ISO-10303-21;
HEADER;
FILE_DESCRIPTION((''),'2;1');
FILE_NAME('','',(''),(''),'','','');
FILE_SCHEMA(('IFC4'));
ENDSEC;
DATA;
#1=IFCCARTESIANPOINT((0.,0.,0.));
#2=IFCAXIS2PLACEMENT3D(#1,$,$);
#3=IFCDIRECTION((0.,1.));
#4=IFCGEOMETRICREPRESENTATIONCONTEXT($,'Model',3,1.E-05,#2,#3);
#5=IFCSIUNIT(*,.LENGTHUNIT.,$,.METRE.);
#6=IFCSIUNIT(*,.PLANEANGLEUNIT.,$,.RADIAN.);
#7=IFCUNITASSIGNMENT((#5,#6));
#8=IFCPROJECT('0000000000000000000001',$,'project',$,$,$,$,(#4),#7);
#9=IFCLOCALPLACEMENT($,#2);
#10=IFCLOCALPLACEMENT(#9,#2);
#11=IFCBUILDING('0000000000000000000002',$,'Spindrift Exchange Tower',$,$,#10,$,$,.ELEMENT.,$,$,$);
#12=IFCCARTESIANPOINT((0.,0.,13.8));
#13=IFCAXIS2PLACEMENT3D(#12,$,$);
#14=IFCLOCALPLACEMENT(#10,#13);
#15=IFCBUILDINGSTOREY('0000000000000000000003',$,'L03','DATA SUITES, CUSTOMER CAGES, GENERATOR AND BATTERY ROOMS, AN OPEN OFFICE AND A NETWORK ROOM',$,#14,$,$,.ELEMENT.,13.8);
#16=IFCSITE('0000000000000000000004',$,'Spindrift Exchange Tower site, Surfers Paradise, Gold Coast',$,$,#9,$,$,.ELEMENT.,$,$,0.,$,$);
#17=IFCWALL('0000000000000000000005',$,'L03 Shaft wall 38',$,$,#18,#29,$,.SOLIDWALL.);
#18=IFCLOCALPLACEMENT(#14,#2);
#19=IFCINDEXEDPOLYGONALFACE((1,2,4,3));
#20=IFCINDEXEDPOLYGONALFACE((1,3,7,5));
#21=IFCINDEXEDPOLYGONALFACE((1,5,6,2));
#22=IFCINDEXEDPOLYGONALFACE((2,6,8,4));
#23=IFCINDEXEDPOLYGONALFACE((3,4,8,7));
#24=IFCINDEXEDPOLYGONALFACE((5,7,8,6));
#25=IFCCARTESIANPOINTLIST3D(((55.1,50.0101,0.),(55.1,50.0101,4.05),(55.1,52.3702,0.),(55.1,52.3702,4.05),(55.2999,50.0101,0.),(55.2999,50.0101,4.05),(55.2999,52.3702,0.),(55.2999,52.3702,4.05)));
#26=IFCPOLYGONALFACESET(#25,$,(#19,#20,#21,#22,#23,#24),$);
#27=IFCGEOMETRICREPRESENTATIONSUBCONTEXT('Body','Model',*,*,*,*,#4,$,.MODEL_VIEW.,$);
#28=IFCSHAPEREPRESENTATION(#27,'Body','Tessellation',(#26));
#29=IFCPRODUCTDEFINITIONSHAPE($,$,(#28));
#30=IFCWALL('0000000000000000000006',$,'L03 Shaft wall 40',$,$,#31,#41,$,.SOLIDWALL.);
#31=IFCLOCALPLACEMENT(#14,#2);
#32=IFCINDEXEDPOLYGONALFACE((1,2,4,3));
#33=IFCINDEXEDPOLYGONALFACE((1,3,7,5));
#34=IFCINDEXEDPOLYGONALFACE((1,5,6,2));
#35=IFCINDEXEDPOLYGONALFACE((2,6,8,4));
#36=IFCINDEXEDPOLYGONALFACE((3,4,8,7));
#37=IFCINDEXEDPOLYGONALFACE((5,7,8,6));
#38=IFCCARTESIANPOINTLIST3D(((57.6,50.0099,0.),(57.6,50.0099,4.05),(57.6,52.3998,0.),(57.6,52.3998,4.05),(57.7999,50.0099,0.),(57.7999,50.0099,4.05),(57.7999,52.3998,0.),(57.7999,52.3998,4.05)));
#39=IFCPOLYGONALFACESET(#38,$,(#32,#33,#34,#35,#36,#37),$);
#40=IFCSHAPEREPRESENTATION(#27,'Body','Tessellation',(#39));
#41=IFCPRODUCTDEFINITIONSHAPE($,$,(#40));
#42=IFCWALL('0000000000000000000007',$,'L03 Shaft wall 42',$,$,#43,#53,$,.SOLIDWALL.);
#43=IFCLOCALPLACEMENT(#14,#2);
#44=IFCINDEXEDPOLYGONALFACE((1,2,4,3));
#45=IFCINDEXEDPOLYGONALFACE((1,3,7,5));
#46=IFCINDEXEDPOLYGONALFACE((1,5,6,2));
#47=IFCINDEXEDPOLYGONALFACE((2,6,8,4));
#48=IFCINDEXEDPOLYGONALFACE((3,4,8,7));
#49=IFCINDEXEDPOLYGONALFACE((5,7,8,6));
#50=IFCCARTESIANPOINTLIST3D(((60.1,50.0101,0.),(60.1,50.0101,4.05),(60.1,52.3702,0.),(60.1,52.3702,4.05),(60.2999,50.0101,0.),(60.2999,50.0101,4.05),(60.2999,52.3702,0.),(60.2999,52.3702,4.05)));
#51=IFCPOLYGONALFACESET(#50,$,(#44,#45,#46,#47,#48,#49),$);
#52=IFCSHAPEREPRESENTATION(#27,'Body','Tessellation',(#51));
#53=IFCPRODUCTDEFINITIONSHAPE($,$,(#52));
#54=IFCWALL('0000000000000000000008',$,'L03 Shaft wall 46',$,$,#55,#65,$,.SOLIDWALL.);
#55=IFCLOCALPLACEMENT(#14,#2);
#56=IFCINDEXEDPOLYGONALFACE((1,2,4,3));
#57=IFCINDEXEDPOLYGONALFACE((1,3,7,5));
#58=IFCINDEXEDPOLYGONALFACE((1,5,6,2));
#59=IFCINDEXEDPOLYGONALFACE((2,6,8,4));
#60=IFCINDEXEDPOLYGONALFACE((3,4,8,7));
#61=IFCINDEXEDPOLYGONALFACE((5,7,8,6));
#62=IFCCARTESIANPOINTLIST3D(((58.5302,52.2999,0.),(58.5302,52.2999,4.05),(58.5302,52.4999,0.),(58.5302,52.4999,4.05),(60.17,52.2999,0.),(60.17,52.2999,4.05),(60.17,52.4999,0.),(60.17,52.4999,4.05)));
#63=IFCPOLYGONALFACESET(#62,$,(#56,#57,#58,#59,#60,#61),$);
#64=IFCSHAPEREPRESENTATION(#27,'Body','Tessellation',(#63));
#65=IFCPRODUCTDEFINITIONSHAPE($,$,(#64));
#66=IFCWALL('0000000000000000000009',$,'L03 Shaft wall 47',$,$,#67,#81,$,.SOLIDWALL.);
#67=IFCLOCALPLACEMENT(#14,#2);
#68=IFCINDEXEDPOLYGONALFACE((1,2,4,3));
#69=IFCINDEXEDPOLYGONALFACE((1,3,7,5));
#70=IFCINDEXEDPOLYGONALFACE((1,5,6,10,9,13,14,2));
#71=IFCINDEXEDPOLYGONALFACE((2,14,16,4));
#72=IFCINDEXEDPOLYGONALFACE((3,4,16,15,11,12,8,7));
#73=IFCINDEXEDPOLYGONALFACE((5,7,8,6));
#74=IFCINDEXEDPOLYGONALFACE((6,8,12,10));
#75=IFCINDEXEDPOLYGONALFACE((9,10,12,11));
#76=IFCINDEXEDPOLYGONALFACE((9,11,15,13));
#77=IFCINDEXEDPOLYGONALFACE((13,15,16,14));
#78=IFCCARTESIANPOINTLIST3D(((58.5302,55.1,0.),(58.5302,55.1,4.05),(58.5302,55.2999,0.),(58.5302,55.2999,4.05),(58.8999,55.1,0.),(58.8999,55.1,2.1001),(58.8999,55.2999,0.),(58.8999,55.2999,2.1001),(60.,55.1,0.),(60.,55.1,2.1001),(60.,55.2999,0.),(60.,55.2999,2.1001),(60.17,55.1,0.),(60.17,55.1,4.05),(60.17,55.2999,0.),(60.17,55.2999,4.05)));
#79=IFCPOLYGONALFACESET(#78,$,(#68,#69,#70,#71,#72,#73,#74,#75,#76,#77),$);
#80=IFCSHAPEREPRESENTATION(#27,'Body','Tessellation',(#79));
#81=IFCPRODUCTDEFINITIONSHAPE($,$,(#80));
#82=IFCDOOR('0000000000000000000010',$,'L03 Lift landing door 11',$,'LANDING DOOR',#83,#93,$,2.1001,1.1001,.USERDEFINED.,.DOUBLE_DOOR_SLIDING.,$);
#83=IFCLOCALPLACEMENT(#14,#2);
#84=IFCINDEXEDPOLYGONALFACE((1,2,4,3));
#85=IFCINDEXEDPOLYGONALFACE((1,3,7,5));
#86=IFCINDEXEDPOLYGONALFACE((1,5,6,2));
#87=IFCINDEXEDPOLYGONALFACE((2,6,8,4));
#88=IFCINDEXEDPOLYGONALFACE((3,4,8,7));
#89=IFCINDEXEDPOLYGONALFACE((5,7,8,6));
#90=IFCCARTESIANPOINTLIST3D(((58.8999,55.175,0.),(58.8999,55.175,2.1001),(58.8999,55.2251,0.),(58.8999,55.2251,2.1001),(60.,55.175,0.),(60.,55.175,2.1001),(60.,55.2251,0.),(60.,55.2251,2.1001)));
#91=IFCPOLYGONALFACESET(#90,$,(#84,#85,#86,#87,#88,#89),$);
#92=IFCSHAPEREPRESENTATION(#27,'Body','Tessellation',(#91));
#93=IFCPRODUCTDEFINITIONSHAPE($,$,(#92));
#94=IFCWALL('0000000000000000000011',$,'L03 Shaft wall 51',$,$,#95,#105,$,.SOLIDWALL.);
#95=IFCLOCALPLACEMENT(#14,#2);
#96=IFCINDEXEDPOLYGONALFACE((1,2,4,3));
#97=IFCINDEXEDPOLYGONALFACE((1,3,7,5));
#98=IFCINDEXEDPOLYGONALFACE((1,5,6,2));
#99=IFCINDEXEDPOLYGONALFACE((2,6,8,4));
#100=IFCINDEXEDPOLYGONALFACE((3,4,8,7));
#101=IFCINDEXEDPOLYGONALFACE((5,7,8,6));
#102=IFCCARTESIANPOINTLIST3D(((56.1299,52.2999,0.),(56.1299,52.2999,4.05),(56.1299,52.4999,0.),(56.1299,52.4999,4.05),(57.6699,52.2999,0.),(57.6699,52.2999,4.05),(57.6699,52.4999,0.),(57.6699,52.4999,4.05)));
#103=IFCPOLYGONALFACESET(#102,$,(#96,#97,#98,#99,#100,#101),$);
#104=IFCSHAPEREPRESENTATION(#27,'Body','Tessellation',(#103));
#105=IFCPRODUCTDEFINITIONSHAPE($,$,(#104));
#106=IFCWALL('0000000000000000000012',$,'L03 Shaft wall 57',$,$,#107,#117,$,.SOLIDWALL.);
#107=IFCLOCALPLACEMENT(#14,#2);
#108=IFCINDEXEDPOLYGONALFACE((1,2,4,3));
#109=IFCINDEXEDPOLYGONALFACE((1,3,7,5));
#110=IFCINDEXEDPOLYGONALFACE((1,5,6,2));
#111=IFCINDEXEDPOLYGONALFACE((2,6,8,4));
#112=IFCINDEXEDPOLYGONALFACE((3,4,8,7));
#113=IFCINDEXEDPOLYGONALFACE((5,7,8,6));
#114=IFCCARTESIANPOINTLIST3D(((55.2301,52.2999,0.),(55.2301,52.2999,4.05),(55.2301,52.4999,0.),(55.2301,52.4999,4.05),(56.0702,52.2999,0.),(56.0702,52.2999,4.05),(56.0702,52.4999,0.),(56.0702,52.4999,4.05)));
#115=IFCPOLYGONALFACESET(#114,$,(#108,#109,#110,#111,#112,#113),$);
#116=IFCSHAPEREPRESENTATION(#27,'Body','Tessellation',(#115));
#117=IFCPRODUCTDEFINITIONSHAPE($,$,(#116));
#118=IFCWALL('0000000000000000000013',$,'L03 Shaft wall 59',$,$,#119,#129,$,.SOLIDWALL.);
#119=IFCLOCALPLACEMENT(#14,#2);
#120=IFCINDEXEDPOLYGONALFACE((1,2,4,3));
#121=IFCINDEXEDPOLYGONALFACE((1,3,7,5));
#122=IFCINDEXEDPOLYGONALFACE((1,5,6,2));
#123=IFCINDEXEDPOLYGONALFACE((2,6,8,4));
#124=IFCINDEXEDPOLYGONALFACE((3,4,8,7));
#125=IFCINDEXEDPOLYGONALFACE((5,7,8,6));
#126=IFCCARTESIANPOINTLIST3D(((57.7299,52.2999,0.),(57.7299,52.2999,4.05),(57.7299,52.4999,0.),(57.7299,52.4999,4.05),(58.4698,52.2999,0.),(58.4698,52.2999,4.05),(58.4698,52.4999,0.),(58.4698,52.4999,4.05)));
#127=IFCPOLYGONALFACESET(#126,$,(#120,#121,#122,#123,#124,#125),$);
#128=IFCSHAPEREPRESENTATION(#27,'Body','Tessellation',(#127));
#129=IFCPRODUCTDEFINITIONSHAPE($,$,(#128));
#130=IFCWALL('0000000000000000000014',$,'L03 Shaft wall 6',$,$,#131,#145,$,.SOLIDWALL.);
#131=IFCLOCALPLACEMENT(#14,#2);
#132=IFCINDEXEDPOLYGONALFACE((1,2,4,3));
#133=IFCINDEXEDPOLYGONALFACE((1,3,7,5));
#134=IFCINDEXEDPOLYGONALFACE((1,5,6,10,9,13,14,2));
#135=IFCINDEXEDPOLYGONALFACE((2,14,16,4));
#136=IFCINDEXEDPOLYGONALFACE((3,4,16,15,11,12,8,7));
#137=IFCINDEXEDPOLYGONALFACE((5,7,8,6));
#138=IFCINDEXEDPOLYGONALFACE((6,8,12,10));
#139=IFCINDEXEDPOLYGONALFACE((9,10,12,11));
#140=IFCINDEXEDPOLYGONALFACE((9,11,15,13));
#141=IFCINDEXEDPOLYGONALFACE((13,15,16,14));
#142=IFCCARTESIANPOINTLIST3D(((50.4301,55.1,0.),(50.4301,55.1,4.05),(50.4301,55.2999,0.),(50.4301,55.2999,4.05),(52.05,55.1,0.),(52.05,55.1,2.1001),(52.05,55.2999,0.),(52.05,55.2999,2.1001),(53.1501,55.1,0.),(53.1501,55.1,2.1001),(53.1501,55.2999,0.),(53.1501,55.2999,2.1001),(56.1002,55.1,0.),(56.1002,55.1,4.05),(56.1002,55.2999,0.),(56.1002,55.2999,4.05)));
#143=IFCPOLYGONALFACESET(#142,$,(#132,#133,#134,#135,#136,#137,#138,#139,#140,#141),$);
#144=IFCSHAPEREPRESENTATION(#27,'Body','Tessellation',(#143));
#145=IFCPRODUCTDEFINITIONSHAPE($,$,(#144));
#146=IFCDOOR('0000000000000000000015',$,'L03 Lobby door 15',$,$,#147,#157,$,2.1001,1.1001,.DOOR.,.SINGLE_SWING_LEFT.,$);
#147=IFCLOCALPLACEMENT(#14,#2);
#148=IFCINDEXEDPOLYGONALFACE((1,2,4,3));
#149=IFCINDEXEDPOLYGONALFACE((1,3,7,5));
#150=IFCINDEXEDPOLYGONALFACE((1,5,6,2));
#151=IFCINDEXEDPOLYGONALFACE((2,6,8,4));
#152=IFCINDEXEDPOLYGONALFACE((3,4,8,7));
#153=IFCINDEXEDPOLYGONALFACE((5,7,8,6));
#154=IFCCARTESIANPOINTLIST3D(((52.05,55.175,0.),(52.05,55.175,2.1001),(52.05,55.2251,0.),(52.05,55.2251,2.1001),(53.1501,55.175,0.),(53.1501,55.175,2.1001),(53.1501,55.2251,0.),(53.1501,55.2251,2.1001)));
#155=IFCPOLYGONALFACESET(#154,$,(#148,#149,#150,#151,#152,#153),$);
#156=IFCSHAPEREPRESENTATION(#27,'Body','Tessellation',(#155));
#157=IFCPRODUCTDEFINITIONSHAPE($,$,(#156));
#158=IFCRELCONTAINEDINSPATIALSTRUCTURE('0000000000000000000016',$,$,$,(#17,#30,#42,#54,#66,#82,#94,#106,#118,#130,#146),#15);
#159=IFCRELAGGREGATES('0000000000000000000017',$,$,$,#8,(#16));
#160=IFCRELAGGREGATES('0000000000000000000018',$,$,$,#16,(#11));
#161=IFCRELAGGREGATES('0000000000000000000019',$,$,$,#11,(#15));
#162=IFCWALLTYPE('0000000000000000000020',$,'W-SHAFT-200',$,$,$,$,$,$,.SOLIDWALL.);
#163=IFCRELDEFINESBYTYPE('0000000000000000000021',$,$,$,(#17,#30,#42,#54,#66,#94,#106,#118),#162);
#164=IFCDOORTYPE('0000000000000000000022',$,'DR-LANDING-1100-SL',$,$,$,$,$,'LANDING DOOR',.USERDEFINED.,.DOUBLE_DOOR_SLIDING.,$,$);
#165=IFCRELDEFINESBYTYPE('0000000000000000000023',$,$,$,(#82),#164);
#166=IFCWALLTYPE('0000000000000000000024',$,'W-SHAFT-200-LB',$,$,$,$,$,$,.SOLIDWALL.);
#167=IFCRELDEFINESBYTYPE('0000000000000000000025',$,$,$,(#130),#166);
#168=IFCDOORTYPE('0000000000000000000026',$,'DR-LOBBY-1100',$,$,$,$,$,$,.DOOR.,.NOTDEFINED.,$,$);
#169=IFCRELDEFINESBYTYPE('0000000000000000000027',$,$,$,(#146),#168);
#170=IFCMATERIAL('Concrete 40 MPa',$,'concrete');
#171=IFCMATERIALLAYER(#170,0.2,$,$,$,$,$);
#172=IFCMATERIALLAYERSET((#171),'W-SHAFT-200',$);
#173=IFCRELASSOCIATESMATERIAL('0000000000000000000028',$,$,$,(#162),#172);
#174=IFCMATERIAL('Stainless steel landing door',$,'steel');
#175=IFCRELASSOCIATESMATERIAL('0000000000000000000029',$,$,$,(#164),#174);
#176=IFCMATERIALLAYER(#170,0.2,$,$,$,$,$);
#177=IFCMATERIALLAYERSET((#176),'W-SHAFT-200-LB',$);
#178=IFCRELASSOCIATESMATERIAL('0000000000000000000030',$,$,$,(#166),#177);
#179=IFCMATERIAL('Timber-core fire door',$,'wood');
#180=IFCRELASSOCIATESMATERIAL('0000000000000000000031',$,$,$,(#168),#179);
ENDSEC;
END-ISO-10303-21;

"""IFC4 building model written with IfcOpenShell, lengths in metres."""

from ifc_helpers import new_model, si_unit, direction, frame, frame_2d, origin, place, context, subcontext, project, spatial, rectangle, extrude, source, transform, mapped, material, layer, layer_set, type_object, element, fill, save


model = new_model("IFC4")

# Units and contexts
model_context = context("Model", 3, precision=1e-05, world=origin(), true_north=direction((0.0, 1.0)))
body_context = subcontext(model_context, "Body", "Model", "MODEL_VIEW")
ifc_project = project(units=[si_unit("LENGTHUNIT", "METRE"), si_unit("PLANEANGLEUNIT", "RADIAN")], contexts=[model_context])

# Site, building, storey
site_placement = place(None, origin())
site = spatial("IfcSite", under=ifc_project, at=site_placement, Name="Spindrift Exchange Tower site, Surfers Paradise, Gold Coast", CompositionType="ELEMENT", RefElevation=0.0)
building_placement = place(site_placement, origin())
building = spatial("IfcBuilding", under=site, at=building_placement, Name="Spindrift Exchange Tower", CompositionType="ELEMENT")
storey_placement = place(building_placement, frame((0.0, 0.0, 13.8)))
storey = spatial("IfcBuildingStorey", under=building, at=storey_placement, Name="L03", Description="DATA SUITES, CUSTOMER CAGES, GENERATOR AND BATTERY ROOMS, AN OPEN OFFICE AND A NETWORK ROOM", CompositionType="ELEMENT", Elevation=13.8)

# Shared definitions
ifc_material_1 = material(Name="Concrete 40 MPa", Category="concrete")
ifc_layer_1 = layer(ifc_material_1, 0.2)
ifc_layer_set_1 = layer_set([ifc_layer_1], Name="W-SHAFT-200")
wall_type_1 = type_object("IfcWallType", Name="W-SHAFT-200", PredefinedType="SOLIDWALL", material=ifc_layer_set_1)
ifc_material_2 = material(Name="Stainless steel landing door", Category="steel")
door_type_1 = type_object("IfcDoorType", Name="DR-LANDING-1100-SL", ElementType="LANDING DOOR", OperationType="DOUBLE_DOOR_SLIDING", PredefinedType="USERDEFINED", material=ifc_material_2)
shared_shape_1 = source(origin(), body_context, "Body", "SweptSolid", [
    extrude(rectangle(XDim=1.1001, YDim=2.1001, at=frame_2d((0.55, 1.05))), frame((0.0, 0.0249, 0.0), z_axis=(0.0, -1.0, 0.0), x_axis=(1.0, 0.0, 0.0)), (0.0, 0.0, 1.0), 0.05),
])

# Walls
wall_1_placement = place(storey_placement, frame((55.2, 50.01, 0.0), z_axis=(0.0, 0.0, 1.0), x_axis=(0.0, 1.0, 0.0)))
element("IfcWall", 1, at=wall_1_placement, inside=storey, type_object=wall_type_1, Name="L03 Shaft wall 38", PredefinedType="SOLIDWALL", context=body_context, shape_type="SweptSolid", body=[
    extrude(rectangle(XDim=2.3601, YDim=0.2, at=frame_2d((1.1802, 0.0))), origin(), (0.0, 0.0, 1.0), 4.05),
])
wall_2_placement = place(storey_placement, frame((57.7, 50.01, 0.0), z_axis=(0.0, 0.0, 1.0), x_axis=(0.0, 1.0, 0.0)))
element("IfcWall", 2, at=wall_2_placement, inside=storey, type_object=wall_type_1, Name="L03 Shaft wall 40", PredefinedType="SOLIDWALL", context=body_context, shape_type="SweptSolid", body=[
    extrude(rectangle(XDim=2.3899, YDim=0.2, at=frame_2d((1.1948, 0.0))), origin(), (0.0, 0.0, 1.0), 4.05),
])
wall_3_placement = place(storey_placement, frame((60.2, 50.01, 0.0), z_axis=(0.0, 0.0, 1.0), x_axis=(0.0, 1.0, 0.0)))
element("IfcWall", 3, at=wall_3_placement, inside=storey, type_object=wall_type_1, Name="L03 Shaft wall 42", PredefinedType="SOLIDWALL", context=body_context, shape_type="SweptSolid", body=[
    extrude(rectangle(XDim=2.3601, YDim=0.2, at=frame_2d((1.1802, 0.0))), origin(), (0.0, 0.0, 1.0), 4.05),
])
wall_4_placement = place(storey_placement, frame((60.1699, 52.3999, 0.0), z_axis=(0.0, 0.0, 1.0), x_axis=(-1.0, 0.0, 0.0)))
element("IfcWall", 4, at=wall_4_placement, inside=storey, type_object=wall_type_1, Name="L03 Shaft wall 46", PredefinedType="SOLIDWALL", context=body_context, shape_type="SweptSolid", body=[
    extrude(rectangle(XDim=1.6399, YDim=0.2, at=frame_2d((0.8198, 0.0))), origin(), (0.0, 0.0, 1.0), 4.05),
])

# Wall, opening, door
wall_5_placement = place(storey_placement, frame((60.1699, 55.2, 0.0), z_axis=(0.0, 0.0, 1.0), x_axis=(-1.0, 0.0, 0.0)))
wall_5 = element("IfcWall", 5, at=wall_5_placement, inside=storey, type_object=wall_type_1, Name="L03 Shaft wall 47", PredefinedType="SOLIDWALL", context=body_context, shape_type="SweptSolid", body=[
    extrude(rectangle(XDim=1.6399, YDim=0.2, at=frame_2d((0.8198, 0.0))), origin(), (0.0, 0.0, 1.0), 4.05),
])
opening_1_placement = place(wall_5_placement, frame((0.1699, 0.0, 0.0)))
opening_1 = element("IfcOpeningElement", 6, at=opening_1_placement, cuts=wall_5, PredefinedType="OPENING", context=body_context, shape_type="SweptSolid", body=[
    extrude(rectangle(XDim=1.1001, YDim=2.1001, at=frame_2d((0.55, 1.05))), frame((0.0, 0.1099, 0.0), z_axis=(0.0, -1.0, 0.0), x_axis=(1.0, 0.0, 0.0)), (0.0, 0.0, 1.0), 0.22),
])
door_1_placement = place(opening_1_placement, origin())
door_1 = element("IfcDoor", 7, at=door_1_placement, inside=storey, type_object=door_type_1, Name="L03 Lift landing door 11", ObjectType="LANDING DOOR", OperationType="DOUBLE_DOOR_SLIDING", OverallHeight=2.1001, OverallWidth=1.1001, PredefinedType="USERDEFINED", context=body_context, shape_type="MappedRepresentation", body=[
    mapped(shared_shape_1, transform((0.0, 0.0, 0.0), scale=1.0)),
])
fill(opening_1, door_1)

# Walls
wall_6_placement = place(storey_placement, frame((57.6699, 52.3999, 0.0), z_axis=(0.0, 0.0, 1.0), x_axis=(-1.0, 0.0, 0.0)))
element("IfcWall", 8, at=wall_6_placement, inside=storey, type_object=wall_type_1, Name="L03 Shaft wall 51", PredefinedType="SOLIDWALL", context=body_context, shape_type="SweptSolid", body=[
    extrude(rectangle(XDim=1.54, YDim=0.2, at=frame_2d((0.77, 0.0))), origin(), (0.0, 0.0, 1.0), 4.05),
])
wall_7_placement = place(storey_placement, frame((56.0701, 52.3999, 0.0), z_axis=(0.0, 0.0, 1.0), x_axis=(-1.0, 0.0, 0.0)))
element("IfcWall", 9, at=wall_7_placement, inside=storey, type_object=wall_type_1, Name="L03 Shaft wall 57", PredefinedType="SOLIDWALL", context=body_context, shape_type="SweptSolid", body=[
    extrude(rectangle(XDim=0.8401, YDim=0.2, at=frame_2d((0.4199, 0.0))), origin(), (0.0, 0.0, 1.0), 4.05),
])
wall_8_placement = place(storey_placement, frame((58.47, 52.3999, 0.0), z_axis=(0.0, 0.0, 1.0), x_axis=(-1.0, 0.0, 0.0)))
element("IfcWall", 10, at=wall_8_placement, inside=storey, type_object=wall_type_1, Name="L03 Shaft wall 59", PredefinedType="SOLIDWALL", context=body_context, shape_type="SweptSolid", body=[
    extrude(rectangle(XDim=0.74, YDim=0.2, at=frame_2d((0.3701, 0.0))), origin(), (0.0, 0.0, 1.0), 4.05),
])

# Wall, opening, door
ifc_layer_2 = layer(ifc_material_1, 0.2)
ifc_layer_set_2 = layer_set([ifc_layer_2], Name="W-SHAFT-200-LB")
wall_type_2 = type_object("IfcWallType", Name="W-SHAFT-200-LB", PredefinedType="SOLIDWALL", material=ifc_layer_set_2)
wall_9_placement = place(storey_placement, frame((56.1001, 55.2, 0.0), z_axis=(0.0, 0.0, 1.0), x_axis=(-1.0, 0.0, 0.0)))
wall_9 = element("IfcWall", 11, at=wall_9_placement, inside=storey, type_object=wall_type_2, Name="L03 Shaft wall 6", PredefinedType="SOLIDWALL", context=body_context, shape_type="SweptSolid", body=[
    extrude(rectangle(XDim=5.6702, YDim=0.2, at=frame_2d((2.835, 0.0))), origin(), (0.0, 0.0, 1.0), 4.05),
])
opening_2_placement = place(wall_9_placement, frame((2.95, 0.0, 0.0)))
opening_2 = element("IfcOpeningElement", 12, at=opening_2_placement, cuts=wall_9, PredefinedType="OPENING", context=body_context, shape_type="SweptSolid", body=[
    extrude(rectangle(XDim=1.1001, YDim=2.1001, at=frame_2d((0.55, 1.05))), frame((0.0, 0.1099, 0.0), z_axis=(0.0, -1.0, 0.0), x_axis=(1.0, 0.0, 0.0)), (0.0, 0.0, 1.0), 0.22),
])
ifc_material_3 = material(Name="Timber-core fire door", Category="wood")
door_type_2 = type_object("IfcDoorType", Name="DR-LOBBY-1100", OperationType="NOTDEFINED", PredefinedType="DOOR", material=ifc_material_3)
shared_shape_2 = source(origin(), body_context, "Body", "SweptSolid", [
    extrude(rectangle(XDim=1.1001, YDim=2.1001, at=frame_2d((0.55, 1.05))), frame((0.0, 0.0249, 0.0), z_axis=(0.0, -1.0, 0.0), x_axis=(1.0, 0.0, 0.0)), (0.0, 0.0, 1.0), 0.05),
])
door_2_placement = place(opening_2_placement, origin())
door_2 = element("IfcDoor", 13, at=door_2_placement, inside=storey, type_object=door_type_2, Name="L03 Lobby door 15", OperationType="SINGLE_SWING_LEFT", OverallHeight=2.1001, OverallWidth=1.1001, PredefinedType="DOOR", context=body_context, shape_type="MappedRepresentation", body=[
    mapped(shared_shape_2, transform((0.0, 0.0, 0.0), scale=1.0)),
])
fill(opening_2, door_2)

save(model, "model.ifc")
